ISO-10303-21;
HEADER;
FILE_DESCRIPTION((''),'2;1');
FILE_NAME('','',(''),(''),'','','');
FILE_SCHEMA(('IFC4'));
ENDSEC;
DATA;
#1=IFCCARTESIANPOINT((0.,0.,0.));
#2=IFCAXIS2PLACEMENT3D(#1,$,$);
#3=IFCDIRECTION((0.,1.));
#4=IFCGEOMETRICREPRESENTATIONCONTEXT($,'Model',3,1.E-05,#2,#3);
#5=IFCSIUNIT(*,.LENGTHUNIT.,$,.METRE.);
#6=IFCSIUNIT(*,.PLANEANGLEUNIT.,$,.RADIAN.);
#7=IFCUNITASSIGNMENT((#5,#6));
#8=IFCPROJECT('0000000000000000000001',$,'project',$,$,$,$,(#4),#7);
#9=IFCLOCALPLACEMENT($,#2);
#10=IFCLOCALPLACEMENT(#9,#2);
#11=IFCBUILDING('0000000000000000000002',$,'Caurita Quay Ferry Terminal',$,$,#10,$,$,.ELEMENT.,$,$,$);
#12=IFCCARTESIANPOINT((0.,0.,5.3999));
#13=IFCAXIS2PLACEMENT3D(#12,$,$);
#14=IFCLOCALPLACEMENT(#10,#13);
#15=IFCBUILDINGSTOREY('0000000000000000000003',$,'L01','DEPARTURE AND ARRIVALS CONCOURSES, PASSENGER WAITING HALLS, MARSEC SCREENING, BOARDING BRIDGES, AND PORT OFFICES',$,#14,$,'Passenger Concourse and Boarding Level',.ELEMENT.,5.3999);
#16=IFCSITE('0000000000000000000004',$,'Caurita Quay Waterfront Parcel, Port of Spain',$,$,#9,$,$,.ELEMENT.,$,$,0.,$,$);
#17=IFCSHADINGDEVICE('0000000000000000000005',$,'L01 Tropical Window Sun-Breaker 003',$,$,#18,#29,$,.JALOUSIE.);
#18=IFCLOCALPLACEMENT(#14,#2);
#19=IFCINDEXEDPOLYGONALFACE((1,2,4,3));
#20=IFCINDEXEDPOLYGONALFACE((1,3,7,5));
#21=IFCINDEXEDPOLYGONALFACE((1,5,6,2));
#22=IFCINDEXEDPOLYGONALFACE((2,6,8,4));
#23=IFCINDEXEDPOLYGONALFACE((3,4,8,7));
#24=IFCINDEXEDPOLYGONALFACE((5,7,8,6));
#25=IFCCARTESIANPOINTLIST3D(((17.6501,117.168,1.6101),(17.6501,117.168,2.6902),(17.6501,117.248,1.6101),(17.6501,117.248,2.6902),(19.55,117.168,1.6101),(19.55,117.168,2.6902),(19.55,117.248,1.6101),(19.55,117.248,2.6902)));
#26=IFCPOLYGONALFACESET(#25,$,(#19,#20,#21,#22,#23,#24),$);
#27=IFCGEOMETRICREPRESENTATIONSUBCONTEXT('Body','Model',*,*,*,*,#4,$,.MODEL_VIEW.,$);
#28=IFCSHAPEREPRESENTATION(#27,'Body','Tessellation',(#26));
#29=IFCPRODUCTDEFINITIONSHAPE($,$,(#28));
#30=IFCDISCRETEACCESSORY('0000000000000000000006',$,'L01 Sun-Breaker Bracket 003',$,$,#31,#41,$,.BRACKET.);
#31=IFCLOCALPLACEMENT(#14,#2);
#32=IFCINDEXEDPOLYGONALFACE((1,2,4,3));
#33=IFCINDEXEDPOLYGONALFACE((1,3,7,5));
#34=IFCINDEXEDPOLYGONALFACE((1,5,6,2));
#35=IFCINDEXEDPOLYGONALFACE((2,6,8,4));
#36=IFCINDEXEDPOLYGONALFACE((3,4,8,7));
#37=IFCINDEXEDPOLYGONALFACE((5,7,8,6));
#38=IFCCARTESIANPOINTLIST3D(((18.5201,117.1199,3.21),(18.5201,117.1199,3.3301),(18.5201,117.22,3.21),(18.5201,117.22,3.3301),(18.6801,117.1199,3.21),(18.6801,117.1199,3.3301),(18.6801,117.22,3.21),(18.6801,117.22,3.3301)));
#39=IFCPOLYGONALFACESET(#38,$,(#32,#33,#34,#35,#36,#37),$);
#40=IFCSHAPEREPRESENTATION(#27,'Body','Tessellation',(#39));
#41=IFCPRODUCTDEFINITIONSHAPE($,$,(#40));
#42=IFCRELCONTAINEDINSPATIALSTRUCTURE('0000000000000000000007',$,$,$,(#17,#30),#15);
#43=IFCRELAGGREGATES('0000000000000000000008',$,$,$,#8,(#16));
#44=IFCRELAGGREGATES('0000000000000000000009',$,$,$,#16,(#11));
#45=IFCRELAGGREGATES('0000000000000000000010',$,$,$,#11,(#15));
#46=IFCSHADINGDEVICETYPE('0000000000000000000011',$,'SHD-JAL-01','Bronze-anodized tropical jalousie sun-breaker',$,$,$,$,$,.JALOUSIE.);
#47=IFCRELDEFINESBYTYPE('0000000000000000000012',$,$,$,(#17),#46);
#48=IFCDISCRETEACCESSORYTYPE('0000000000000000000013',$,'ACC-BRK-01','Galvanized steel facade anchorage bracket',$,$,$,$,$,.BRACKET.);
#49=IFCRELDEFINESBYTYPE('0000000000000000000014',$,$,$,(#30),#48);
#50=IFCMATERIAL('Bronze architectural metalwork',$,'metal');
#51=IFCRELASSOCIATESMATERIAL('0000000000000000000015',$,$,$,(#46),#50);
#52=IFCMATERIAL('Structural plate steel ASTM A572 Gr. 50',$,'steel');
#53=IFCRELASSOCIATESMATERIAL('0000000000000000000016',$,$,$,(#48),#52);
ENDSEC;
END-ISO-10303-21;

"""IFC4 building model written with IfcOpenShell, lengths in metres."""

from ifc_helpers import new_model, si_unit, direction, frame, origin, origin_2d, place, context, subcontext, project, spatial, rectangle, extrude, material, type_object, element, save


model = new_model("IFC4")

# Units and contexts
model_context = context("Model", 3, precision=1e-05, world=origin(), true_north=direction((0.0, 1.0)))
body_context = subcontext(model_context, "Body", "Model", "MODEL_VIEW")
ifc_project = project(units=[si_unit("LENGTHUNIT", "METRE"), si_unit("PLANEANGLEUNIT", "RADIAN")], contexts=[model_context])

# Site, building, storey
site_placement = place(None, origin())
site = spatial("IfcSite", under=ifc_project, at=site_placement, Name="Caurita Quay Waterfront Parcel, Port of Spain", CompositionType="ELEMENT", RefElevation=0.0)
building_placement = place(site_placement, origin())
building = spatial("IfcBuilding", under=site, at=building_placement, Name="Caurita Quay Ferry Terminal", CompositionType="ELEMENT")
storey_placement = place(building_placement, frame((0.0, 0.0, 5.3999)))
storey = spatial("IfcBuildingStorey", under=building, at=storey_placement, Name="L01", Description="DEPARTURE AND ARRIVALS CONCOURSES, PASSENGER WAITING HALLS, MARSEC SCREENING, BOARDING BRIDGES, AND PORT OFFICES", LongName="Passenger Concourse and Boarding Level", CompositionType="ELEMENT", Elevation=5.3999)

# Shading device
ifc_material_1 = material(Name="Bronze architectural metalwork", Category="metal")
shading_device_type = type_object("IfcShadingDeviceType", Name="SHD-JAL-01", Description="Bronze-anodized tropical jalousie sun-breaker", PredefinedType="JALOUSIE", material=ifc_material_1)
shading_device_placement = place(storey_placement, frame((18.6001, 117.208, 1.6101), z_axis=(0.0, 0.0, 1.0), x_axis=(-1.0, 0.0, 0.0)))
element("IfcShadingDevice", 1, at=shading_device_placement, inside=storey, type_object=shading_device_type, Name="L01 Tropical Window Sun-Breaker 003", PredefinedType="JALOUSIE", context=body_context, shape_type="SweptSolid", body=[
    extrude(rectangle(XDim=1.8999, YDim=0.0801, at=origin_2d()), origin(), (0.0, 0.0, 1.0), 1.0801),
])

# Discrete accessory
ifc_material_2 = material(Name="Structural plate steel ASTM A572 Gr. 50", Category="steel")
discrete_accessory_type = type_object("IfcDiscreteAccessoryType", Name="ACC-BRK-01", Description="Galvanized steel facade anchorage bracket", PredefinedType="BRACKET", material=ifc_material_2)
discrete_accessory_placement = place(storey_placement, frame((18.6001, 117.1699, 3.21), z_axis=(0.0, 0.0, 1.0), x_axis=(-1.0, 0.0, 0.0)))
element("IfcDiscreteAccessory", 2, at=discrete_accessory_placement, inside=storey, type_object=discrete_accessory_type, Name="L01 Sun-Breaker Bracket 003", PredefinedType="BRACKET", context=body_context, shape_type="SweptSolid", body=[
    extrude(rectangle(XDim=0.1599, YDim=0.1001, at=origin_2d()), origin(), (0.0, 0.0, 1.0), 0.1201),
])

save(model, "model.ifc")
